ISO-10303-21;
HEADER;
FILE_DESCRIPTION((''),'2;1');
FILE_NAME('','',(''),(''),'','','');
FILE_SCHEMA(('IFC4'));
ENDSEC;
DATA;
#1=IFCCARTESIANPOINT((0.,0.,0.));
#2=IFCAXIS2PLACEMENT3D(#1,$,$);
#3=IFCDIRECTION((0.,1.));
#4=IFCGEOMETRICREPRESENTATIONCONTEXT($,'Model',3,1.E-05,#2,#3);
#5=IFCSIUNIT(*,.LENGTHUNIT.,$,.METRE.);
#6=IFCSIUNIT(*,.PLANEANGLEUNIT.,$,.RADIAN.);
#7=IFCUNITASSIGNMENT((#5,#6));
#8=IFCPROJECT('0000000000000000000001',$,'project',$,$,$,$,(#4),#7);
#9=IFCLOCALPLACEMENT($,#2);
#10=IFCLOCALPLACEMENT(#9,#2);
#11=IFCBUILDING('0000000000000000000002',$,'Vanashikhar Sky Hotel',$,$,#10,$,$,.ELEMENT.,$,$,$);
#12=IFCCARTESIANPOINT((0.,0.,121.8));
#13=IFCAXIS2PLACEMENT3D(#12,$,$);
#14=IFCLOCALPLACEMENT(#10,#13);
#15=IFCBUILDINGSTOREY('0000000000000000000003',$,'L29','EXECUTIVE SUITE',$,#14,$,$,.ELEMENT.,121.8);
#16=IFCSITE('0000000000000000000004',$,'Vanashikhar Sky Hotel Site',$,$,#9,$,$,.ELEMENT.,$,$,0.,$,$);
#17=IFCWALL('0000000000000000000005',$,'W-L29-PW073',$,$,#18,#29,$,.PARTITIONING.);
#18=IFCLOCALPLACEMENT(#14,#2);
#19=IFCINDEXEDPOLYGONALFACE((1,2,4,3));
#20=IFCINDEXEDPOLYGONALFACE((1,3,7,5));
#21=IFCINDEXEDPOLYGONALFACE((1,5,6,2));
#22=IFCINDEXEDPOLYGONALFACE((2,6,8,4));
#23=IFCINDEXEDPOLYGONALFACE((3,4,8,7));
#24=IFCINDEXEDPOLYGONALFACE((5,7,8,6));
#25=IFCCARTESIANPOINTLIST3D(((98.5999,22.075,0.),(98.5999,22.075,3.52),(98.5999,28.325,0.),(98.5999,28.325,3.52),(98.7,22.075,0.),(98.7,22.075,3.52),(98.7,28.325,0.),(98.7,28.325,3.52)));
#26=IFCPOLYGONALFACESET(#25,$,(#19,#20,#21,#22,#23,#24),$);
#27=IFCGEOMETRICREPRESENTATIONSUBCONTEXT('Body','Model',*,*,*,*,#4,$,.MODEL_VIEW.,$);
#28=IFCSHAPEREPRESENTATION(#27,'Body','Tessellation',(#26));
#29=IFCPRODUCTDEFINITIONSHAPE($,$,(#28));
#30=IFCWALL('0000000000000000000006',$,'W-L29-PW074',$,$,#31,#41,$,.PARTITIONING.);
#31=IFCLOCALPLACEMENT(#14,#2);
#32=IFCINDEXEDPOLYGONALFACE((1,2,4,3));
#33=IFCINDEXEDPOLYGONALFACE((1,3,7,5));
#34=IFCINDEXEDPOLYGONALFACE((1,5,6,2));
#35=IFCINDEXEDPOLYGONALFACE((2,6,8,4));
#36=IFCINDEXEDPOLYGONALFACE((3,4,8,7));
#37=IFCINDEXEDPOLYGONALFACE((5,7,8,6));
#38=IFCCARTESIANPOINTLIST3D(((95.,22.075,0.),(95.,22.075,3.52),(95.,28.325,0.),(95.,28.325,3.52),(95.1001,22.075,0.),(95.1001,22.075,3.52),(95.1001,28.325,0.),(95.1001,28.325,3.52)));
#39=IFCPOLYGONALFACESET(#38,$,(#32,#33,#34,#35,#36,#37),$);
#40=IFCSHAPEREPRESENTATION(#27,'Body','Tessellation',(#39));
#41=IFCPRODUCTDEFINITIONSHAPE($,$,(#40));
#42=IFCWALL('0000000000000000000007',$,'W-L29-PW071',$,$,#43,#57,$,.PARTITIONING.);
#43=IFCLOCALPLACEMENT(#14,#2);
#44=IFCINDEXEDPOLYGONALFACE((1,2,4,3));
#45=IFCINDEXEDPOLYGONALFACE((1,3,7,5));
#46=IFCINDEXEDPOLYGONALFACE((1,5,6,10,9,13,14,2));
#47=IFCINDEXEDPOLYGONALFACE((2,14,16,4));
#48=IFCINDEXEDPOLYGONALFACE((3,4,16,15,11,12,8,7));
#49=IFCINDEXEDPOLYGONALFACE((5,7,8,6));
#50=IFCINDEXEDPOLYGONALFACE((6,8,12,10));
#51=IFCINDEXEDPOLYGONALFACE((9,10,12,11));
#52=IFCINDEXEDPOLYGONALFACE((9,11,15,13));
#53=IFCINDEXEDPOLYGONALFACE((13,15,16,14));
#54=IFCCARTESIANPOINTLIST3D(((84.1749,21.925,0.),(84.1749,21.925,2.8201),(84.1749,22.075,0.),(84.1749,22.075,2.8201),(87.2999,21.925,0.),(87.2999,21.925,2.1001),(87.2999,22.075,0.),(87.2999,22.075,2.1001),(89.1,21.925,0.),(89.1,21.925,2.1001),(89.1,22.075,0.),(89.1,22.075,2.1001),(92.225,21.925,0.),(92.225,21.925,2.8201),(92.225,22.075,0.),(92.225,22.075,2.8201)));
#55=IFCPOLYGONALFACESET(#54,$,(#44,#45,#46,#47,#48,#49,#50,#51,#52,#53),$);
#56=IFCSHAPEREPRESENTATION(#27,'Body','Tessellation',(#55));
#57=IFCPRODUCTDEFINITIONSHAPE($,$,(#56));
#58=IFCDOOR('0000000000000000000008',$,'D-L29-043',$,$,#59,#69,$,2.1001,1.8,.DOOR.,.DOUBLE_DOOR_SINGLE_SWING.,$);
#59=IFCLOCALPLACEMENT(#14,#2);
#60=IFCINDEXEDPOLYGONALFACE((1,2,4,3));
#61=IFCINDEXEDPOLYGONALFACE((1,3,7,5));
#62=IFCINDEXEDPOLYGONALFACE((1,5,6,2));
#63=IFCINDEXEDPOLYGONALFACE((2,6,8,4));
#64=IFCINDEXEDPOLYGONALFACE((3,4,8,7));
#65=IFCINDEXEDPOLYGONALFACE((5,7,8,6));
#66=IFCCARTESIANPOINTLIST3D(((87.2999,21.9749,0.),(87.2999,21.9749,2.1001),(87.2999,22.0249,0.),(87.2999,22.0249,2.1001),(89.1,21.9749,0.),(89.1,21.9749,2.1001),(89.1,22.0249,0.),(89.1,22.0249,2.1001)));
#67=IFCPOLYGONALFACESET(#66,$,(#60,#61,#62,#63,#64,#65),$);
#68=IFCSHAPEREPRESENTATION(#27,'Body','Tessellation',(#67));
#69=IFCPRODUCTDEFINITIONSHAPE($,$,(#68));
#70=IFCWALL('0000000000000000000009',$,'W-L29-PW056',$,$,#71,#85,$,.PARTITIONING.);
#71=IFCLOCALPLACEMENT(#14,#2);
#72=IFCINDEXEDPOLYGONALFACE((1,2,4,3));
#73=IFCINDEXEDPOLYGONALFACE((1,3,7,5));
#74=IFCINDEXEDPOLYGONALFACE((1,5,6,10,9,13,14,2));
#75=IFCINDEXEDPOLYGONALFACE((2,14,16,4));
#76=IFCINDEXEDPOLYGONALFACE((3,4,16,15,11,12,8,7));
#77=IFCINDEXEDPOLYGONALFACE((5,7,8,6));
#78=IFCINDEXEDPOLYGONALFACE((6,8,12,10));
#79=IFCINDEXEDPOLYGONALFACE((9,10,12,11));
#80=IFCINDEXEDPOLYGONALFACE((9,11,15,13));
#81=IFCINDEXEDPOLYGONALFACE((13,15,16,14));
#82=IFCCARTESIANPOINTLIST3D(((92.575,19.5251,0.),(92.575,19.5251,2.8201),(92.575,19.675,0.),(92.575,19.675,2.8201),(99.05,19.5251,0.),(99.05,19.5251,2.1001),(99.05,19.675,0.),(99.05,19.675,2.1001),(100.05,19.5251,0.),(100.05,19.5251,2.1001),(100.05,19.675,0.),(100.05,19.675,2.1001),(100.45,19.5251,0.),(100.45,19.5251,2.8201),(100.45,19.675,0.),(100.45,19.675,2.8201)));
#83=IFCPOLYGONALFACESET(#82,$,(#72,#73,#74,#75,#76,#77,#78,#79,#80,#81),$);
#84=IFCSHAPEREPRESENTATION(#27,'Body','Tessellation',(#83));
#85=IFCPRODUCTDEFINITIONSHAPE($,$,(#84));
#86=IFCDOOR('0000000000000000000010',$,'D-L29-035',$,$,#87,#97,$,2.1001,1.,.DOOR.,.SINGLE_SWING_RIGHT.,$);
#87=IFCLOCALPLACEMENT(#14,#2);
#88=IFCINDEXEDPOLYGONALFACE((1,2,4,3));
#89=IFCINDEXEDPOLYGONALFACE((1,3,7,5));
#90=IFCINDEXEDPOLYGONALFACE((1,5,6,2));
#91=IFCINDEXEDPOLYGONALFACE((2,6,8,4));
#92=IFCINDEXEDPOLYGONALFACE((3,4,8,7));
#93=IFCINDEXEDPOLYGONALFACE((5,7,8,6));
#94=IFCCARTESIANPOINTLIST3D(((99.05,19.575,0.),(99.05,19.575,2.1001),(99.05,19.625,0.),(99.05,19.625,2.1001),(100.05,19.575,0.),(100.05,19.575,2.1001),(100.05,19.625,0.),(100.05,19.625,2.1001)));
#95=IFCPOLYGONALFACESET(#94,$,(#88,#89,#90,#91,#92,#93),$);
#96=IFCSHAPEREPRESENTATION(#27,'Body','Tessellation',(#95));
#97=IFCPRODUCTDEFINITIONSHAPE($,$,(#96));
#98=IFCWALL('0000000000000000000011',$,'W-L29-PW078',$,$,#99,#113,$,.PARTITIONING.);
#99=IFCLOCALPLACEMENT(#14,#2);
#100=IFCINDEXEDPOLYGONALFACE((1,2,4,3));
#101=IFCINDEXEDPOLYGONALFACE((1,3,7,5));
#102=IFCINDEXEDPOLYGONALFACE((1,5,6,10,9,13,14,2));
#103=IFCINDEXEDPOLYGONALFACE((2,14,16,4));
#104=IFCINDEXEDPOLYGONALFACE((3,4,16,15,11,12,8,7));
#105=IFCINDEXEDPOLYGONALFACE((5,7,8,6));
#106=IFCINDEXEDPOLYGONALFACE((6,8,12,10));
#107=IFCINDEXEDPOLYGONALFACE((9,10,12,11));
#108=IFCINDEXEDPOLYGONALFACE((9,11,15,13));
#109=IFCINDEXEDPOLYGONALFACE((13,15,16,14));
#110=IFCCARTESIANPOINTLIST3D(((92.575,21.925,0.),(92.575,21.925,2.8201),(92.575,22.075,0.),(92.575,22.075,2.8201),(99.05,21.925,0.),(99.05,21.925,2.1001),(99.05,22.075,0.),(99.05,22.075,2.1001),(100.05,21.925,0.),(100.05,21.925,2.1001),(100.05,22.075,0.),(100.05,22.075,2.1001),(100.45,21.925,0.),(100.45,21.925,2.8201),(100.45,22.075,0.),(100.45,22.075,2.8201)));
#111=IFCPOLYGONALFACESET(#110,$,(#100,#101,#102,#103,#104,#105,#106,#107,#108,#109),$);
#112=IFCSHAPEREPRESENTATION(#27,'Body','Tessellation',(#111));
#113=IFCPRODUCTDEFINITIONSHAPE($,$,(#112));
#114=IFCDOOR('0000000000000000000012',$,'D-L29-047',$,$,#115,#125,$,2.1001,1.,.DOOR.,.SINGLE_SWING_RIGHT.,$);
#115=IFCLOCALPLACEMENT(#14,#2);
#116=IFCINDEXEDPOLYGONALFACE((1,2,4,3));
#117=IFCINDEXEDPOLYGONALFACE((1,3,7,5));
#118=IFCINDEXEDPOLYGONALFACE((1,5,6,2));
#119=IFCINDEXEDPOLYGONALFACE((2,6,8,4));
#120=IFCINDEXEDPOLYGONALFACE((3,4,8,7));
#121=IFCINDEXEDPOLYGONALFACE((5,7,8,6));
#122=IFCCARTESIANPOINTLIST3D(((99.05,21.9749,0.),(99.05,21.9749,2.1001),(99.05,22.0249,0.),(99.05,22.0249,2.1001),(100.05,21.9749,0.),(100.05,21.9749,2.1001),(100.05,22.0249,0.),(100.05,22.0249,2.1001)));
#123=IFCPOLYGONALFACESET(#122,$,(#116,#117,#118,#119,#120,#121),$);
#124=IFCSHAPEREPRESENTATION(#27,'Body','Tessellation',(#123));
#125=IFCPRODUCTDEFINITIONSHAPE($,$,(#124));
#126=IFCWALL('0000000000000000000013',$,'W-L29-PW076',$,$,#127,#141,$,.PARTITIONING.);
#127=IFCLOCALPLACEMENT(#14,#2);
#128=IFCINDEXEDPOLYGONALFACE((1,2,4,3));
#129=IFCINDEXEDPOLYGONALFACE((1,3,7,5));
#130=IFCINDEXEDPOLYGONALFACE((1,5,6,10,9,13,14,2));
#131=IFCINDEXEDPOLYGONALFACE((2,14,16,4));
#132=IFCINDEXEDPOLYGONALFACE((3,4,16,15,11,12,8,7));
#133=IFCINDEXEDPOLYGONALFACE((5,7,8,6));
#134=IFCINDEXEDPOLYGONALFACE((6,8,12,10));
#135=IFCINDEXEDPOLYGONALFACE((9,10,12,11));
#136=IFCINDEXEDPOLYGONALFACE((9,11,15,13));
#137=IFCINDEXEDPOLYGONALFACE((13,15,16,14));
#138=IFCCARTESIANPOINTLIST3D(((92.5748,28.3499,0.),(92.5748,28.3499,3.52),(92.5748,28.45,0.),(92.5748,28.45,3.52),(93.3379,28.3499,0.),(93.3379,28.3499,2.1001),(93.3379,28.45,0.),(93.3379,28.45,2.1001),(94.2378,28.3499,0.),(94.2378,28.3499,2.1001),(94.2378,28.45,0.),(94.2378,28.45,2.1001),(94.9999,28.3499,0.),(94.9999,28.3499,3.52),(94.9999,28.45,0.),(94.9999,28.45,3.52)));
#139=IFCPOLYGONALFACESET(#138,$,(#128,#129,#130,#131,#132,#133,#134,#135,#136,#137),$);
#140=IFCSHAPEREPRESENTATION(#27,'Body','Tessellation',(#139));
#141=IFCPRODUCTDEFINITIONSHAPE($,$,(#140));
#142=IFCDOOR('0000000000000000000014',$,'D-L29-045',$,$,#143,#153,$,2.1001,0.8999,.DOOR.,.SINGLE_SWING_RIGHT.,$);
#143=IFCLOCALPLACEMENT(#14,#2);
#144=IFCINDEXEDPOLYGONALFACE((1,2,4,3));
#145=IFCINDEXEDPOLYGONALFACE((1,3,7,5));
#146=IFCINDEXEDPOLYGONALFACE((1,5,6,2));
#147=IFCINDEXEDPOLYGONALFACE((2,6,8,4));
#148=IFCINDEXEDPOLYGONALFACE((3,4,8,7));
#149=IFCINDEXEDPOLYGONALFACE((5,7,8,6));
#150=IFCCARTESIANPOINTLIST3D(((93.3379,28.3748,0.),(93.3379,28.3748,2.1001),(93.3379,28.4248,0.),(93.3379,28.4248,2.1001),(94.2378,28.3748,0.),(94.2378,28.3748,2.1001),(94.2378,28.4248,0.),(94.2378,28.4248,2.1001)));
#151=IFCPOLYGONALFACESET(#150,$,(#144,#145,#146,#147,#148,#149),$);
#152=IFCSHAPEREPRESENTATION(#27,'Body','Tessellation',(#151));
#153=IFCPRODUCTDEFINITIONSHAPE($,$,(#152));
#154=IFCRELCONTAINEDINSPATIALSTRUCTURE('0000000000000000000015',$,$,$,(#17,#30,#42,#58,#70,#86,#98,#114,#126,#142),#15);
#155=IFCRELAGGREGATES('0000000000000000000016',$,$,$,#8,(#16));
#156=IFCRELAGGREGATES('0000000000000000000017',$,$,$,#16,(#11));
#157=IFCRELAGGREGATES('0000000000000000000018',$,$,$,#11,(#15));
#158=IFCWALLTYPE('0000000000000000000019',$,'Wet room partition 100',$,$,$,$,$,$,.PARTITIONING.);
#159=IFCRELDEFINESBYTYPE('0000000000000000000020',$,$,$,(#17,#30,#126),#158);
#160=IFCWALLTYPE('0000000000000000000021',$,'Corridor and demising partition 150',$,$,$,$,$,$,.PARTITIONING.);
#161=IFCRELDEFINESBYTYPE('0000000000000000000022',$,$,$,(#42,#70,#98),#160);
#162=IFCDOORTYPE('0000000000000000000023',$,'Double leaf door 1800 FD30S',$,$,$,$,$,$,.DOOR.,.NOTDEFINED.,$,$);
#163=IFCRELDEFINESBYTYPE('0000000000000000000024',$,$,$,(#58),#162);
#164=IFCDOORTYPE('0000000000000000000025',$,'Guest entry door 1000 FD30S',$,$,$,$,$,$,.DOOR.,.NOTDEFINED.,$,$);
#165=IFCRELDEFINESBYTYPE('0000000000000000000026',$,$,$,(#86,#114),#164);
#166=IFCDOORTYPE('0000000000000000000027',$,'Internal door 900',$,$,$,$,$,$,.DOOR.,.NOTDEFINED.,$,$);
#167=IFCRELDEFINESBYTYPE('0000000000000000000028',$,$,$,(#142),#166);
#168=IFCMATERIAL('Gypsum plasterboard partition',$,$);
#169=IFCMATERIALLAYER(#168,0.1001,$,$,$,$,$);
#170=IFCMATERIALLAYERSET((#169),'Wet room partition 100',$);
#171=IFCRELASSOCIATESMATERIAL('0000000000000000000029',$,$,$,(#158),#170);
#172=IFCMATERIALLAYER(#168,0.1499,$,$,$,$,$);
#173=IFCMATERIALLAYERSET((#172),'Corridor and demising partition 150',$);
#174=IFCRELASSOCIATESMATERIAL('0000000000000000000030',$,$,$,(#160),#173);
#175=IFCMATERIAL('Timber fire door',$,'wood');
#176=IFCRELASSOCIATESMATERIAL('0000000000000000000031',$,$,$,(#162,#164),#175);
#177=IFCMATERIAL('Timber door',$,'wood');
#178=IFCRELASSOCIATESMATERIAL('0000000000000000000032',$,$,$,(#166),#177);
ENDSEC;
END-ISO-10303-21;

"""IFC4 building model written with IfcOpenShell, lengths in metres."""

from ifc_helpers import new_model, si_unit, direction, frame, frame_2d, origin, place, context, subcontext, project, spatial, rectangle, extrude, source, transform, mapped, material, layer, layer_set, type_object, element, fill, save


model = new_model("IFC4")

# Units and contexts
model_context = context("Model", 3, precision=1e-05, world=origin(), true_north=direction((0.0, 1.0)))
body_context = subcontext(model_context, "Body", "Model", "MODEL_VIEW")
ifc_project = project(units=[si_unit("LENGTHUNIT", "METRE"), si_unit("PLANEANGLEUNIT", "RADIAN")], contexts=[model_context])

# Site, building, storey
site_placement = place(None, origin())
site = spatial("IfcSite", under=ifc_project, at=site_placement, Name="Vanashikhar Sky Hotel Site", CompositionType="ELEMENT", RefElevation=0.0)
building_placement = place(site_placement, origin())
building = spatial("IfcBuilding", under=site, at=building_placement, Name="Vanashikhar Sky Hotel", CompositionType="ELEMENT")
storey_placement = place(building_placement, frame((0.0, 0.0, 121.8)))
storey = spatial("IfcBuildingStorey", under=building, at=storey_placement, Name="L29", Description="EXECUTIVE SUITE", CompositionType="ELEMENT", Elevation=121.8)

# Walls
ifc_material_1 = material(Name="Gypsum plasterboard partition")
ifc_layer_1 = layer(ifc_material_1, 0.1001)
ifc_layer_set_1 = layer_set([ifc_layer_1], Name="Wet room partition 100")
wall_type_1 = type_object("IfcWallType", Name="Wet room partition 100", PredefinedType="PARTITIONING", material=ifc_layer_set_1)
shared_shape_1 = source(origin(), body_context, "Body", "SweptSolid", [
    extrude(rectangle(XDim=6.25, YDim=0.1001, at=frame_2d((3.125, 0.0))), origin(), (0.0, 0.0, 1.0), 3.52),
])
for number, where, z_axis, x_axis, name in (
    (1, (98.6499, 22.075, 0.0), (0.0, 0.0, 1.0), (0.0, 1.0, 0.0), "W-L29-PW073"),
    (2, (95.05, 22.075, 0.0), (0.0, 0.0, 1.0), (0.0, 1.0, 0.0), "W-L29-PW074"),
):
    element("IfcWall", number, at=place(storey_placement, frame(where, z_axis=z_axis, x_axis=x_axis)), inside=storey, type_object=wall_type_1, Name=name, PredefinedType="PARTITIONING", context=body_context, shape_type="MappedRepresentation", body=[
        mapped(shared_shape_1, transform((0.0, 0.0, 0.0), scale=1.0)),
    ])

# Walls, openings, doors
ifc_layer_2 = layer(ifc_material_1, 0.1499)
ifc_layer_set_2 = layer_set([ifc_layer_2], Name="Corridor and demising partition 150")
wall_type_2 = type_object("IfcWallType", Name="Corridor and demising partition 150", PredefinedType="PARTITIONING", material=ifc_layer_set_2)
shared_shape_2 = source(origin(), body_context, "Body", "SweptSolid", [
    extrude(rectangle(XDim=8.05, YDim=0.1499, at=frame_2d((4.0249, 0.0))), origin(), (0.0, 0.0, 1.0), 2.8201),
])
wall_1_placement = place(storey_placement, frame((84.175, 22.0, 0.0), z_axis=(0.0, 0.0, 1.0), x_axis=(1.0, 0.0, 0.0)))
wall_1 = element("IfcWall", 3, at=wall_1_placement, inside=storey, type_object=wall_type_2, Name="W-L29-PW071", PredefinedType="PARTITIONING", context=body_context, shape_type="MappedRepresentation", body=[
    mapped(shared_shape_2, transform((0.0, 0.0, 0.0), scale=1.0)),
])
shared_shape_3 = source(origin(), body_context, "Body", "SweptSolid", [
    extrude(rectangle(XDim=1.8, YDim=2.1001, at=frame_2d((0.8999, 1.05))), frame((0.0, 0.085, 0.0), z_axis=(0.0, -1.0, 0.0), x_axis=(1.0, 0.0, 0.0)), (0.0, 0.0, 1.0), 0.1699),
])
opening_1_placement = place(wall_1_placement, frame((3.125, 0.0, 0.0)))
opening_1 = element("IfcOpeningElement", 4, at=opening_1_placement, cuts=wall_1, PredefinedType="OPENING", context=body_context, shape_type="MappedRepresentation", body=[
    mapped(shared_shape_3, transform((0.0, 0.0, 0.0), scale=1.0)),
])
ifc_material_2 = material(Name="Timber fire door", Category="wood")
door_type_1 = type_object("IfcDoorType", Name="Double leaf door 1800 FD30S", OperationType="NOTDEFINED", PredefinedType="DOOR", material=ifc_material_2)
shared_shape_4 = source(origin(), body_context, "Body", "SweptSolid", [
    extrude(rectangle(XDim=1.8, YDim=2.1001, at=frame_2d((0.8999, 1.05))), frame((0.0, 0.0249, 0.0), z_axis=(0.0, -1.0, 0.0), x_axis=(1.0, 0.0, 0.0)), (0.0, 0.0, 1.0), 0.05),
])
door_1_placement = place(opening_1_placement, origin())
door_1 = element("IfcDoor", 5, at=door_1_placement, inside=storey, type_object=door_type_1, Name="D-L29-043", OperationType="DOUBLE_DOOR_SINGLE_SWING", OverallHeight=2.1001, OverallWidth=1.8, PredefinedType="DOOR", context=body_context, shape_type="MappedRepresentation", body=[
    mapped(shared_shape_4, transform((0.0, 0.0, 0.0), scale=1.0)),
])
fill(opening_1, door_1)
shared_shape_5 = source(origin(), body_context, "Body", "SweptSolid", [
    extrude(rectangle(XDim=7.875, YDim=0.1499, at=frame_2d((3.9375, 0.0))), origin(), (0.0, 0.0, 1.0), 2.8201),
])
wall_2_placement = place(storey_placement, frame((92.575, 19.6001, 0.0), z_axis=(0.0, 0.0, 1.0), x_axis=(1.0, 0.0, 0.0)))
wall_2 = element("IfcWall", 6, at=wall_2_placement, inside=storey, type_object=wall_type_2, Name="W-L29-PW056", PredefinedType="PARTITIONING", context=body_context, shape_type="MappedRepresentation", body=[
    mapped(shared_shape_5, transform((0.0, 0.0, 0.0), scale=1.0)),
])
shared_shape_6 = source(origin(), body_context, "Body", "SweptSolid", [
    extrude(rectangle(XDim=1.0, YDim=2.1001, at=frame_2d((0.5, 1.05))), frame((0.0, 0.085, 0.0), z_axis=(0.0, -1.0, 0.0), x_axis=(1.0, 0.0, 0.0)), (0.0, 0.0, 1.0), 0.1699),
])
opening_2_placement = place(wall_2_placement, frame((6.4751, 0.0, 0.0)))
opening_2 = element("IfcOpeningElement", 7, at=opening_2_placement, cuts=wall_2, PredefinedType="OPENING", context=body_context, shape_type="MappedRepresentation", body=[
    mapped(shared_shape_6, transform((0.0, 0.0, 0.0), scale=1.0)),
])
door_type_2 = type_object("IfcDoorType", Name="Guest entry door 1000 FD30S", OperationType="NOTDEFINED", PredefinedType="DOOR", material=ifc_material_2)
shared_shape_7 = source(origin(), body_context, "Body", "SweptSolid", [
    extrude(rectangle(XDim=1.0, YDim=2.1001, at=frame_2d((0.5, 1.05))), frame((0.0, 0.0249, 0.0), z_axis=(0.0, -1.0, 0.0), x_axis=(1.0, 0.0, 0.0)), (0.0, 0.0, 1.0), 0.05),
])
door_2_placement = place(opening_2_placement, origin())
door_2 = element("IfcDoor", 8, at=door_2_placement, inside=storey, type_object=door_type_2, Name="D-L29-035", OperationType="SINGLE_SWING_RIGHT", OverallHeight=2.1001, OverallWidth=1.0, PredefinedType="DOOR", context=body_context, shape_type="MappedRepresentation", body=[
    mapped(shared_shape_7, transform((0.0, 0.0, 0.0), scale=1.0)),
])
fill(opening_2, door_2)
wall_3_placement = place(storey_placement, frame((92.575, 22.0, 0.0), z_axis=(0.0, 0.0, 1.0), x_axis=(1.0, 0.0, 0.0)))
wall_3 = element("IfcWall", 9, at=wall_3_placement, inside=storey, type_object=wall_type_2, Name="W-L29-PW078", PredefinedType="PARTITIONING", context=body_context, shape_type="MappedRepresentation", body=[
    mapped(shared_shape_5, transform((0.0, 0.0, 0.0), scale=1.0)),
])
opening_3_placement = place(wall_3_placement, frame((6.4751, 0.0, 0.0)))
opening_3 = element("IfcOpeningElement", 10, at=opening_3_placement, cuts=wall_3, PredefinedType="OPENING", context=body_context, shape_type="MappedRepresentation", body=[
    mapped(shared_shape_6, transform((0.0, 0.0, 0.0), scale=1.0)),
])
door_3_placement = place(opening_3_placement, origin())
door_3 = element("IfcDoor", 11, at=door_3_placement, inside=storey, type_object=door_type_2, Name="D-L29-047", OperationType="SINGLE_SWING_RIGHT", OverallHeight=2.1001, OverallWidth=1.0, PredefinedType="DOOR", context=body_context, shape_type="MappedRepresentation", body=[
    mapped(shared_shape_7, transform((0.0, 0.0, 0.0), scale=1.0)),
])
fill(opening_3, door_3)
shared_shape_8 = source(origin(), body_context, "Body", "SweptSolid", [
    extrude(rectangle(XDim=2.425, YDim=0.1001, at=frame_2d((1.2124, 0.0))), origin(), (0.0, 0.0, 1.0), 3.52),
])
wall_4_placement = place(storey_placement, frame((92.575, 28.3999, 0.0), z_axis=(0.0, 0.0, 1.0), x_axis=(1.0, 0.0, 0.0)))
wall_4 = element("IfcWall", 12, at=wall_4_placement, inside=storey, type_object=wall_type_1, Name="W-L29-PW076", PredefinedType="PARTITIONING", context=body_context, shape_type="MappedRepresentation", body=[
    mapped(shared_shape_8, transform((0.0, 0.0, 0.0), scale=1.0)),
])
shared_shape_9 = source(origin(), body_context, "Body", "SweptSolid", [
    extrude(rectangle(XDim=0.8999, YDim=2.1001, at=frame_2d((0.45, 1.05))), frame((0.0, 0.0601, 0.0), z_axis=(0.0, -1.0, 0.0), x_axis=(1.0, 0.0, 0.0)), (0.0, 0.0, 1.0), 0.1201),
])
opening_4_placement = place(wall_4_placement, frame((0.7629, 0.0, 0.0)))
opening_4 = element("IfcOpeningElement", 13, at=opening_4_placement, cuts=wall_4, PredefinedType="OPENING", context=body_context, shape_type="MappedRepresentation", body=[
    mapped(shared_shape_9, transform((0.0, 0.0, 0.0), scale=1.0)),
])
ifc_material_3 = material(Name="Timber door", Category="wood")
door_type_3 = type_object("IfcDoorType", Name="Internal door 900", OperationType="NOTDEFINED", PredefinedType="DOOR", material=ifc_material_3)
shared_shape_10 = source(origin(), body_context, "Body", "SweptSolid", [
    extrude(rectangle(XDim=0.8999, YDim=2.1001, at=frame_2d((0.45, 1.05))), frame((0.0, 0.0249, 0.0), z_axis=(0.0, -1.0, 0.0), x_axis=(1.0, 0.0, 0.0)), (0.0, 0.0, 1.0), 0.05),
])
door_4_placement = place(opening_4_placement, origin())
door_4 = element("IfcDoor", 14, at=door_4_placement, inside=storey, type_object=door_type_3, Name="D-L29-045", OperationType="SINGLE_SWING_RIGHT", OverallHeight=2.1001, OverallWidth=0.8999, PredefinedType="DOOR", context=body_context, shape_type="MappedRepresentation", body=[
    mapped(shared_shape_10, transform((0.0, 0.0, 0.0), scale=1.0)),
])
fill(opening_4, door_4)

save(model, "model.ifc")
